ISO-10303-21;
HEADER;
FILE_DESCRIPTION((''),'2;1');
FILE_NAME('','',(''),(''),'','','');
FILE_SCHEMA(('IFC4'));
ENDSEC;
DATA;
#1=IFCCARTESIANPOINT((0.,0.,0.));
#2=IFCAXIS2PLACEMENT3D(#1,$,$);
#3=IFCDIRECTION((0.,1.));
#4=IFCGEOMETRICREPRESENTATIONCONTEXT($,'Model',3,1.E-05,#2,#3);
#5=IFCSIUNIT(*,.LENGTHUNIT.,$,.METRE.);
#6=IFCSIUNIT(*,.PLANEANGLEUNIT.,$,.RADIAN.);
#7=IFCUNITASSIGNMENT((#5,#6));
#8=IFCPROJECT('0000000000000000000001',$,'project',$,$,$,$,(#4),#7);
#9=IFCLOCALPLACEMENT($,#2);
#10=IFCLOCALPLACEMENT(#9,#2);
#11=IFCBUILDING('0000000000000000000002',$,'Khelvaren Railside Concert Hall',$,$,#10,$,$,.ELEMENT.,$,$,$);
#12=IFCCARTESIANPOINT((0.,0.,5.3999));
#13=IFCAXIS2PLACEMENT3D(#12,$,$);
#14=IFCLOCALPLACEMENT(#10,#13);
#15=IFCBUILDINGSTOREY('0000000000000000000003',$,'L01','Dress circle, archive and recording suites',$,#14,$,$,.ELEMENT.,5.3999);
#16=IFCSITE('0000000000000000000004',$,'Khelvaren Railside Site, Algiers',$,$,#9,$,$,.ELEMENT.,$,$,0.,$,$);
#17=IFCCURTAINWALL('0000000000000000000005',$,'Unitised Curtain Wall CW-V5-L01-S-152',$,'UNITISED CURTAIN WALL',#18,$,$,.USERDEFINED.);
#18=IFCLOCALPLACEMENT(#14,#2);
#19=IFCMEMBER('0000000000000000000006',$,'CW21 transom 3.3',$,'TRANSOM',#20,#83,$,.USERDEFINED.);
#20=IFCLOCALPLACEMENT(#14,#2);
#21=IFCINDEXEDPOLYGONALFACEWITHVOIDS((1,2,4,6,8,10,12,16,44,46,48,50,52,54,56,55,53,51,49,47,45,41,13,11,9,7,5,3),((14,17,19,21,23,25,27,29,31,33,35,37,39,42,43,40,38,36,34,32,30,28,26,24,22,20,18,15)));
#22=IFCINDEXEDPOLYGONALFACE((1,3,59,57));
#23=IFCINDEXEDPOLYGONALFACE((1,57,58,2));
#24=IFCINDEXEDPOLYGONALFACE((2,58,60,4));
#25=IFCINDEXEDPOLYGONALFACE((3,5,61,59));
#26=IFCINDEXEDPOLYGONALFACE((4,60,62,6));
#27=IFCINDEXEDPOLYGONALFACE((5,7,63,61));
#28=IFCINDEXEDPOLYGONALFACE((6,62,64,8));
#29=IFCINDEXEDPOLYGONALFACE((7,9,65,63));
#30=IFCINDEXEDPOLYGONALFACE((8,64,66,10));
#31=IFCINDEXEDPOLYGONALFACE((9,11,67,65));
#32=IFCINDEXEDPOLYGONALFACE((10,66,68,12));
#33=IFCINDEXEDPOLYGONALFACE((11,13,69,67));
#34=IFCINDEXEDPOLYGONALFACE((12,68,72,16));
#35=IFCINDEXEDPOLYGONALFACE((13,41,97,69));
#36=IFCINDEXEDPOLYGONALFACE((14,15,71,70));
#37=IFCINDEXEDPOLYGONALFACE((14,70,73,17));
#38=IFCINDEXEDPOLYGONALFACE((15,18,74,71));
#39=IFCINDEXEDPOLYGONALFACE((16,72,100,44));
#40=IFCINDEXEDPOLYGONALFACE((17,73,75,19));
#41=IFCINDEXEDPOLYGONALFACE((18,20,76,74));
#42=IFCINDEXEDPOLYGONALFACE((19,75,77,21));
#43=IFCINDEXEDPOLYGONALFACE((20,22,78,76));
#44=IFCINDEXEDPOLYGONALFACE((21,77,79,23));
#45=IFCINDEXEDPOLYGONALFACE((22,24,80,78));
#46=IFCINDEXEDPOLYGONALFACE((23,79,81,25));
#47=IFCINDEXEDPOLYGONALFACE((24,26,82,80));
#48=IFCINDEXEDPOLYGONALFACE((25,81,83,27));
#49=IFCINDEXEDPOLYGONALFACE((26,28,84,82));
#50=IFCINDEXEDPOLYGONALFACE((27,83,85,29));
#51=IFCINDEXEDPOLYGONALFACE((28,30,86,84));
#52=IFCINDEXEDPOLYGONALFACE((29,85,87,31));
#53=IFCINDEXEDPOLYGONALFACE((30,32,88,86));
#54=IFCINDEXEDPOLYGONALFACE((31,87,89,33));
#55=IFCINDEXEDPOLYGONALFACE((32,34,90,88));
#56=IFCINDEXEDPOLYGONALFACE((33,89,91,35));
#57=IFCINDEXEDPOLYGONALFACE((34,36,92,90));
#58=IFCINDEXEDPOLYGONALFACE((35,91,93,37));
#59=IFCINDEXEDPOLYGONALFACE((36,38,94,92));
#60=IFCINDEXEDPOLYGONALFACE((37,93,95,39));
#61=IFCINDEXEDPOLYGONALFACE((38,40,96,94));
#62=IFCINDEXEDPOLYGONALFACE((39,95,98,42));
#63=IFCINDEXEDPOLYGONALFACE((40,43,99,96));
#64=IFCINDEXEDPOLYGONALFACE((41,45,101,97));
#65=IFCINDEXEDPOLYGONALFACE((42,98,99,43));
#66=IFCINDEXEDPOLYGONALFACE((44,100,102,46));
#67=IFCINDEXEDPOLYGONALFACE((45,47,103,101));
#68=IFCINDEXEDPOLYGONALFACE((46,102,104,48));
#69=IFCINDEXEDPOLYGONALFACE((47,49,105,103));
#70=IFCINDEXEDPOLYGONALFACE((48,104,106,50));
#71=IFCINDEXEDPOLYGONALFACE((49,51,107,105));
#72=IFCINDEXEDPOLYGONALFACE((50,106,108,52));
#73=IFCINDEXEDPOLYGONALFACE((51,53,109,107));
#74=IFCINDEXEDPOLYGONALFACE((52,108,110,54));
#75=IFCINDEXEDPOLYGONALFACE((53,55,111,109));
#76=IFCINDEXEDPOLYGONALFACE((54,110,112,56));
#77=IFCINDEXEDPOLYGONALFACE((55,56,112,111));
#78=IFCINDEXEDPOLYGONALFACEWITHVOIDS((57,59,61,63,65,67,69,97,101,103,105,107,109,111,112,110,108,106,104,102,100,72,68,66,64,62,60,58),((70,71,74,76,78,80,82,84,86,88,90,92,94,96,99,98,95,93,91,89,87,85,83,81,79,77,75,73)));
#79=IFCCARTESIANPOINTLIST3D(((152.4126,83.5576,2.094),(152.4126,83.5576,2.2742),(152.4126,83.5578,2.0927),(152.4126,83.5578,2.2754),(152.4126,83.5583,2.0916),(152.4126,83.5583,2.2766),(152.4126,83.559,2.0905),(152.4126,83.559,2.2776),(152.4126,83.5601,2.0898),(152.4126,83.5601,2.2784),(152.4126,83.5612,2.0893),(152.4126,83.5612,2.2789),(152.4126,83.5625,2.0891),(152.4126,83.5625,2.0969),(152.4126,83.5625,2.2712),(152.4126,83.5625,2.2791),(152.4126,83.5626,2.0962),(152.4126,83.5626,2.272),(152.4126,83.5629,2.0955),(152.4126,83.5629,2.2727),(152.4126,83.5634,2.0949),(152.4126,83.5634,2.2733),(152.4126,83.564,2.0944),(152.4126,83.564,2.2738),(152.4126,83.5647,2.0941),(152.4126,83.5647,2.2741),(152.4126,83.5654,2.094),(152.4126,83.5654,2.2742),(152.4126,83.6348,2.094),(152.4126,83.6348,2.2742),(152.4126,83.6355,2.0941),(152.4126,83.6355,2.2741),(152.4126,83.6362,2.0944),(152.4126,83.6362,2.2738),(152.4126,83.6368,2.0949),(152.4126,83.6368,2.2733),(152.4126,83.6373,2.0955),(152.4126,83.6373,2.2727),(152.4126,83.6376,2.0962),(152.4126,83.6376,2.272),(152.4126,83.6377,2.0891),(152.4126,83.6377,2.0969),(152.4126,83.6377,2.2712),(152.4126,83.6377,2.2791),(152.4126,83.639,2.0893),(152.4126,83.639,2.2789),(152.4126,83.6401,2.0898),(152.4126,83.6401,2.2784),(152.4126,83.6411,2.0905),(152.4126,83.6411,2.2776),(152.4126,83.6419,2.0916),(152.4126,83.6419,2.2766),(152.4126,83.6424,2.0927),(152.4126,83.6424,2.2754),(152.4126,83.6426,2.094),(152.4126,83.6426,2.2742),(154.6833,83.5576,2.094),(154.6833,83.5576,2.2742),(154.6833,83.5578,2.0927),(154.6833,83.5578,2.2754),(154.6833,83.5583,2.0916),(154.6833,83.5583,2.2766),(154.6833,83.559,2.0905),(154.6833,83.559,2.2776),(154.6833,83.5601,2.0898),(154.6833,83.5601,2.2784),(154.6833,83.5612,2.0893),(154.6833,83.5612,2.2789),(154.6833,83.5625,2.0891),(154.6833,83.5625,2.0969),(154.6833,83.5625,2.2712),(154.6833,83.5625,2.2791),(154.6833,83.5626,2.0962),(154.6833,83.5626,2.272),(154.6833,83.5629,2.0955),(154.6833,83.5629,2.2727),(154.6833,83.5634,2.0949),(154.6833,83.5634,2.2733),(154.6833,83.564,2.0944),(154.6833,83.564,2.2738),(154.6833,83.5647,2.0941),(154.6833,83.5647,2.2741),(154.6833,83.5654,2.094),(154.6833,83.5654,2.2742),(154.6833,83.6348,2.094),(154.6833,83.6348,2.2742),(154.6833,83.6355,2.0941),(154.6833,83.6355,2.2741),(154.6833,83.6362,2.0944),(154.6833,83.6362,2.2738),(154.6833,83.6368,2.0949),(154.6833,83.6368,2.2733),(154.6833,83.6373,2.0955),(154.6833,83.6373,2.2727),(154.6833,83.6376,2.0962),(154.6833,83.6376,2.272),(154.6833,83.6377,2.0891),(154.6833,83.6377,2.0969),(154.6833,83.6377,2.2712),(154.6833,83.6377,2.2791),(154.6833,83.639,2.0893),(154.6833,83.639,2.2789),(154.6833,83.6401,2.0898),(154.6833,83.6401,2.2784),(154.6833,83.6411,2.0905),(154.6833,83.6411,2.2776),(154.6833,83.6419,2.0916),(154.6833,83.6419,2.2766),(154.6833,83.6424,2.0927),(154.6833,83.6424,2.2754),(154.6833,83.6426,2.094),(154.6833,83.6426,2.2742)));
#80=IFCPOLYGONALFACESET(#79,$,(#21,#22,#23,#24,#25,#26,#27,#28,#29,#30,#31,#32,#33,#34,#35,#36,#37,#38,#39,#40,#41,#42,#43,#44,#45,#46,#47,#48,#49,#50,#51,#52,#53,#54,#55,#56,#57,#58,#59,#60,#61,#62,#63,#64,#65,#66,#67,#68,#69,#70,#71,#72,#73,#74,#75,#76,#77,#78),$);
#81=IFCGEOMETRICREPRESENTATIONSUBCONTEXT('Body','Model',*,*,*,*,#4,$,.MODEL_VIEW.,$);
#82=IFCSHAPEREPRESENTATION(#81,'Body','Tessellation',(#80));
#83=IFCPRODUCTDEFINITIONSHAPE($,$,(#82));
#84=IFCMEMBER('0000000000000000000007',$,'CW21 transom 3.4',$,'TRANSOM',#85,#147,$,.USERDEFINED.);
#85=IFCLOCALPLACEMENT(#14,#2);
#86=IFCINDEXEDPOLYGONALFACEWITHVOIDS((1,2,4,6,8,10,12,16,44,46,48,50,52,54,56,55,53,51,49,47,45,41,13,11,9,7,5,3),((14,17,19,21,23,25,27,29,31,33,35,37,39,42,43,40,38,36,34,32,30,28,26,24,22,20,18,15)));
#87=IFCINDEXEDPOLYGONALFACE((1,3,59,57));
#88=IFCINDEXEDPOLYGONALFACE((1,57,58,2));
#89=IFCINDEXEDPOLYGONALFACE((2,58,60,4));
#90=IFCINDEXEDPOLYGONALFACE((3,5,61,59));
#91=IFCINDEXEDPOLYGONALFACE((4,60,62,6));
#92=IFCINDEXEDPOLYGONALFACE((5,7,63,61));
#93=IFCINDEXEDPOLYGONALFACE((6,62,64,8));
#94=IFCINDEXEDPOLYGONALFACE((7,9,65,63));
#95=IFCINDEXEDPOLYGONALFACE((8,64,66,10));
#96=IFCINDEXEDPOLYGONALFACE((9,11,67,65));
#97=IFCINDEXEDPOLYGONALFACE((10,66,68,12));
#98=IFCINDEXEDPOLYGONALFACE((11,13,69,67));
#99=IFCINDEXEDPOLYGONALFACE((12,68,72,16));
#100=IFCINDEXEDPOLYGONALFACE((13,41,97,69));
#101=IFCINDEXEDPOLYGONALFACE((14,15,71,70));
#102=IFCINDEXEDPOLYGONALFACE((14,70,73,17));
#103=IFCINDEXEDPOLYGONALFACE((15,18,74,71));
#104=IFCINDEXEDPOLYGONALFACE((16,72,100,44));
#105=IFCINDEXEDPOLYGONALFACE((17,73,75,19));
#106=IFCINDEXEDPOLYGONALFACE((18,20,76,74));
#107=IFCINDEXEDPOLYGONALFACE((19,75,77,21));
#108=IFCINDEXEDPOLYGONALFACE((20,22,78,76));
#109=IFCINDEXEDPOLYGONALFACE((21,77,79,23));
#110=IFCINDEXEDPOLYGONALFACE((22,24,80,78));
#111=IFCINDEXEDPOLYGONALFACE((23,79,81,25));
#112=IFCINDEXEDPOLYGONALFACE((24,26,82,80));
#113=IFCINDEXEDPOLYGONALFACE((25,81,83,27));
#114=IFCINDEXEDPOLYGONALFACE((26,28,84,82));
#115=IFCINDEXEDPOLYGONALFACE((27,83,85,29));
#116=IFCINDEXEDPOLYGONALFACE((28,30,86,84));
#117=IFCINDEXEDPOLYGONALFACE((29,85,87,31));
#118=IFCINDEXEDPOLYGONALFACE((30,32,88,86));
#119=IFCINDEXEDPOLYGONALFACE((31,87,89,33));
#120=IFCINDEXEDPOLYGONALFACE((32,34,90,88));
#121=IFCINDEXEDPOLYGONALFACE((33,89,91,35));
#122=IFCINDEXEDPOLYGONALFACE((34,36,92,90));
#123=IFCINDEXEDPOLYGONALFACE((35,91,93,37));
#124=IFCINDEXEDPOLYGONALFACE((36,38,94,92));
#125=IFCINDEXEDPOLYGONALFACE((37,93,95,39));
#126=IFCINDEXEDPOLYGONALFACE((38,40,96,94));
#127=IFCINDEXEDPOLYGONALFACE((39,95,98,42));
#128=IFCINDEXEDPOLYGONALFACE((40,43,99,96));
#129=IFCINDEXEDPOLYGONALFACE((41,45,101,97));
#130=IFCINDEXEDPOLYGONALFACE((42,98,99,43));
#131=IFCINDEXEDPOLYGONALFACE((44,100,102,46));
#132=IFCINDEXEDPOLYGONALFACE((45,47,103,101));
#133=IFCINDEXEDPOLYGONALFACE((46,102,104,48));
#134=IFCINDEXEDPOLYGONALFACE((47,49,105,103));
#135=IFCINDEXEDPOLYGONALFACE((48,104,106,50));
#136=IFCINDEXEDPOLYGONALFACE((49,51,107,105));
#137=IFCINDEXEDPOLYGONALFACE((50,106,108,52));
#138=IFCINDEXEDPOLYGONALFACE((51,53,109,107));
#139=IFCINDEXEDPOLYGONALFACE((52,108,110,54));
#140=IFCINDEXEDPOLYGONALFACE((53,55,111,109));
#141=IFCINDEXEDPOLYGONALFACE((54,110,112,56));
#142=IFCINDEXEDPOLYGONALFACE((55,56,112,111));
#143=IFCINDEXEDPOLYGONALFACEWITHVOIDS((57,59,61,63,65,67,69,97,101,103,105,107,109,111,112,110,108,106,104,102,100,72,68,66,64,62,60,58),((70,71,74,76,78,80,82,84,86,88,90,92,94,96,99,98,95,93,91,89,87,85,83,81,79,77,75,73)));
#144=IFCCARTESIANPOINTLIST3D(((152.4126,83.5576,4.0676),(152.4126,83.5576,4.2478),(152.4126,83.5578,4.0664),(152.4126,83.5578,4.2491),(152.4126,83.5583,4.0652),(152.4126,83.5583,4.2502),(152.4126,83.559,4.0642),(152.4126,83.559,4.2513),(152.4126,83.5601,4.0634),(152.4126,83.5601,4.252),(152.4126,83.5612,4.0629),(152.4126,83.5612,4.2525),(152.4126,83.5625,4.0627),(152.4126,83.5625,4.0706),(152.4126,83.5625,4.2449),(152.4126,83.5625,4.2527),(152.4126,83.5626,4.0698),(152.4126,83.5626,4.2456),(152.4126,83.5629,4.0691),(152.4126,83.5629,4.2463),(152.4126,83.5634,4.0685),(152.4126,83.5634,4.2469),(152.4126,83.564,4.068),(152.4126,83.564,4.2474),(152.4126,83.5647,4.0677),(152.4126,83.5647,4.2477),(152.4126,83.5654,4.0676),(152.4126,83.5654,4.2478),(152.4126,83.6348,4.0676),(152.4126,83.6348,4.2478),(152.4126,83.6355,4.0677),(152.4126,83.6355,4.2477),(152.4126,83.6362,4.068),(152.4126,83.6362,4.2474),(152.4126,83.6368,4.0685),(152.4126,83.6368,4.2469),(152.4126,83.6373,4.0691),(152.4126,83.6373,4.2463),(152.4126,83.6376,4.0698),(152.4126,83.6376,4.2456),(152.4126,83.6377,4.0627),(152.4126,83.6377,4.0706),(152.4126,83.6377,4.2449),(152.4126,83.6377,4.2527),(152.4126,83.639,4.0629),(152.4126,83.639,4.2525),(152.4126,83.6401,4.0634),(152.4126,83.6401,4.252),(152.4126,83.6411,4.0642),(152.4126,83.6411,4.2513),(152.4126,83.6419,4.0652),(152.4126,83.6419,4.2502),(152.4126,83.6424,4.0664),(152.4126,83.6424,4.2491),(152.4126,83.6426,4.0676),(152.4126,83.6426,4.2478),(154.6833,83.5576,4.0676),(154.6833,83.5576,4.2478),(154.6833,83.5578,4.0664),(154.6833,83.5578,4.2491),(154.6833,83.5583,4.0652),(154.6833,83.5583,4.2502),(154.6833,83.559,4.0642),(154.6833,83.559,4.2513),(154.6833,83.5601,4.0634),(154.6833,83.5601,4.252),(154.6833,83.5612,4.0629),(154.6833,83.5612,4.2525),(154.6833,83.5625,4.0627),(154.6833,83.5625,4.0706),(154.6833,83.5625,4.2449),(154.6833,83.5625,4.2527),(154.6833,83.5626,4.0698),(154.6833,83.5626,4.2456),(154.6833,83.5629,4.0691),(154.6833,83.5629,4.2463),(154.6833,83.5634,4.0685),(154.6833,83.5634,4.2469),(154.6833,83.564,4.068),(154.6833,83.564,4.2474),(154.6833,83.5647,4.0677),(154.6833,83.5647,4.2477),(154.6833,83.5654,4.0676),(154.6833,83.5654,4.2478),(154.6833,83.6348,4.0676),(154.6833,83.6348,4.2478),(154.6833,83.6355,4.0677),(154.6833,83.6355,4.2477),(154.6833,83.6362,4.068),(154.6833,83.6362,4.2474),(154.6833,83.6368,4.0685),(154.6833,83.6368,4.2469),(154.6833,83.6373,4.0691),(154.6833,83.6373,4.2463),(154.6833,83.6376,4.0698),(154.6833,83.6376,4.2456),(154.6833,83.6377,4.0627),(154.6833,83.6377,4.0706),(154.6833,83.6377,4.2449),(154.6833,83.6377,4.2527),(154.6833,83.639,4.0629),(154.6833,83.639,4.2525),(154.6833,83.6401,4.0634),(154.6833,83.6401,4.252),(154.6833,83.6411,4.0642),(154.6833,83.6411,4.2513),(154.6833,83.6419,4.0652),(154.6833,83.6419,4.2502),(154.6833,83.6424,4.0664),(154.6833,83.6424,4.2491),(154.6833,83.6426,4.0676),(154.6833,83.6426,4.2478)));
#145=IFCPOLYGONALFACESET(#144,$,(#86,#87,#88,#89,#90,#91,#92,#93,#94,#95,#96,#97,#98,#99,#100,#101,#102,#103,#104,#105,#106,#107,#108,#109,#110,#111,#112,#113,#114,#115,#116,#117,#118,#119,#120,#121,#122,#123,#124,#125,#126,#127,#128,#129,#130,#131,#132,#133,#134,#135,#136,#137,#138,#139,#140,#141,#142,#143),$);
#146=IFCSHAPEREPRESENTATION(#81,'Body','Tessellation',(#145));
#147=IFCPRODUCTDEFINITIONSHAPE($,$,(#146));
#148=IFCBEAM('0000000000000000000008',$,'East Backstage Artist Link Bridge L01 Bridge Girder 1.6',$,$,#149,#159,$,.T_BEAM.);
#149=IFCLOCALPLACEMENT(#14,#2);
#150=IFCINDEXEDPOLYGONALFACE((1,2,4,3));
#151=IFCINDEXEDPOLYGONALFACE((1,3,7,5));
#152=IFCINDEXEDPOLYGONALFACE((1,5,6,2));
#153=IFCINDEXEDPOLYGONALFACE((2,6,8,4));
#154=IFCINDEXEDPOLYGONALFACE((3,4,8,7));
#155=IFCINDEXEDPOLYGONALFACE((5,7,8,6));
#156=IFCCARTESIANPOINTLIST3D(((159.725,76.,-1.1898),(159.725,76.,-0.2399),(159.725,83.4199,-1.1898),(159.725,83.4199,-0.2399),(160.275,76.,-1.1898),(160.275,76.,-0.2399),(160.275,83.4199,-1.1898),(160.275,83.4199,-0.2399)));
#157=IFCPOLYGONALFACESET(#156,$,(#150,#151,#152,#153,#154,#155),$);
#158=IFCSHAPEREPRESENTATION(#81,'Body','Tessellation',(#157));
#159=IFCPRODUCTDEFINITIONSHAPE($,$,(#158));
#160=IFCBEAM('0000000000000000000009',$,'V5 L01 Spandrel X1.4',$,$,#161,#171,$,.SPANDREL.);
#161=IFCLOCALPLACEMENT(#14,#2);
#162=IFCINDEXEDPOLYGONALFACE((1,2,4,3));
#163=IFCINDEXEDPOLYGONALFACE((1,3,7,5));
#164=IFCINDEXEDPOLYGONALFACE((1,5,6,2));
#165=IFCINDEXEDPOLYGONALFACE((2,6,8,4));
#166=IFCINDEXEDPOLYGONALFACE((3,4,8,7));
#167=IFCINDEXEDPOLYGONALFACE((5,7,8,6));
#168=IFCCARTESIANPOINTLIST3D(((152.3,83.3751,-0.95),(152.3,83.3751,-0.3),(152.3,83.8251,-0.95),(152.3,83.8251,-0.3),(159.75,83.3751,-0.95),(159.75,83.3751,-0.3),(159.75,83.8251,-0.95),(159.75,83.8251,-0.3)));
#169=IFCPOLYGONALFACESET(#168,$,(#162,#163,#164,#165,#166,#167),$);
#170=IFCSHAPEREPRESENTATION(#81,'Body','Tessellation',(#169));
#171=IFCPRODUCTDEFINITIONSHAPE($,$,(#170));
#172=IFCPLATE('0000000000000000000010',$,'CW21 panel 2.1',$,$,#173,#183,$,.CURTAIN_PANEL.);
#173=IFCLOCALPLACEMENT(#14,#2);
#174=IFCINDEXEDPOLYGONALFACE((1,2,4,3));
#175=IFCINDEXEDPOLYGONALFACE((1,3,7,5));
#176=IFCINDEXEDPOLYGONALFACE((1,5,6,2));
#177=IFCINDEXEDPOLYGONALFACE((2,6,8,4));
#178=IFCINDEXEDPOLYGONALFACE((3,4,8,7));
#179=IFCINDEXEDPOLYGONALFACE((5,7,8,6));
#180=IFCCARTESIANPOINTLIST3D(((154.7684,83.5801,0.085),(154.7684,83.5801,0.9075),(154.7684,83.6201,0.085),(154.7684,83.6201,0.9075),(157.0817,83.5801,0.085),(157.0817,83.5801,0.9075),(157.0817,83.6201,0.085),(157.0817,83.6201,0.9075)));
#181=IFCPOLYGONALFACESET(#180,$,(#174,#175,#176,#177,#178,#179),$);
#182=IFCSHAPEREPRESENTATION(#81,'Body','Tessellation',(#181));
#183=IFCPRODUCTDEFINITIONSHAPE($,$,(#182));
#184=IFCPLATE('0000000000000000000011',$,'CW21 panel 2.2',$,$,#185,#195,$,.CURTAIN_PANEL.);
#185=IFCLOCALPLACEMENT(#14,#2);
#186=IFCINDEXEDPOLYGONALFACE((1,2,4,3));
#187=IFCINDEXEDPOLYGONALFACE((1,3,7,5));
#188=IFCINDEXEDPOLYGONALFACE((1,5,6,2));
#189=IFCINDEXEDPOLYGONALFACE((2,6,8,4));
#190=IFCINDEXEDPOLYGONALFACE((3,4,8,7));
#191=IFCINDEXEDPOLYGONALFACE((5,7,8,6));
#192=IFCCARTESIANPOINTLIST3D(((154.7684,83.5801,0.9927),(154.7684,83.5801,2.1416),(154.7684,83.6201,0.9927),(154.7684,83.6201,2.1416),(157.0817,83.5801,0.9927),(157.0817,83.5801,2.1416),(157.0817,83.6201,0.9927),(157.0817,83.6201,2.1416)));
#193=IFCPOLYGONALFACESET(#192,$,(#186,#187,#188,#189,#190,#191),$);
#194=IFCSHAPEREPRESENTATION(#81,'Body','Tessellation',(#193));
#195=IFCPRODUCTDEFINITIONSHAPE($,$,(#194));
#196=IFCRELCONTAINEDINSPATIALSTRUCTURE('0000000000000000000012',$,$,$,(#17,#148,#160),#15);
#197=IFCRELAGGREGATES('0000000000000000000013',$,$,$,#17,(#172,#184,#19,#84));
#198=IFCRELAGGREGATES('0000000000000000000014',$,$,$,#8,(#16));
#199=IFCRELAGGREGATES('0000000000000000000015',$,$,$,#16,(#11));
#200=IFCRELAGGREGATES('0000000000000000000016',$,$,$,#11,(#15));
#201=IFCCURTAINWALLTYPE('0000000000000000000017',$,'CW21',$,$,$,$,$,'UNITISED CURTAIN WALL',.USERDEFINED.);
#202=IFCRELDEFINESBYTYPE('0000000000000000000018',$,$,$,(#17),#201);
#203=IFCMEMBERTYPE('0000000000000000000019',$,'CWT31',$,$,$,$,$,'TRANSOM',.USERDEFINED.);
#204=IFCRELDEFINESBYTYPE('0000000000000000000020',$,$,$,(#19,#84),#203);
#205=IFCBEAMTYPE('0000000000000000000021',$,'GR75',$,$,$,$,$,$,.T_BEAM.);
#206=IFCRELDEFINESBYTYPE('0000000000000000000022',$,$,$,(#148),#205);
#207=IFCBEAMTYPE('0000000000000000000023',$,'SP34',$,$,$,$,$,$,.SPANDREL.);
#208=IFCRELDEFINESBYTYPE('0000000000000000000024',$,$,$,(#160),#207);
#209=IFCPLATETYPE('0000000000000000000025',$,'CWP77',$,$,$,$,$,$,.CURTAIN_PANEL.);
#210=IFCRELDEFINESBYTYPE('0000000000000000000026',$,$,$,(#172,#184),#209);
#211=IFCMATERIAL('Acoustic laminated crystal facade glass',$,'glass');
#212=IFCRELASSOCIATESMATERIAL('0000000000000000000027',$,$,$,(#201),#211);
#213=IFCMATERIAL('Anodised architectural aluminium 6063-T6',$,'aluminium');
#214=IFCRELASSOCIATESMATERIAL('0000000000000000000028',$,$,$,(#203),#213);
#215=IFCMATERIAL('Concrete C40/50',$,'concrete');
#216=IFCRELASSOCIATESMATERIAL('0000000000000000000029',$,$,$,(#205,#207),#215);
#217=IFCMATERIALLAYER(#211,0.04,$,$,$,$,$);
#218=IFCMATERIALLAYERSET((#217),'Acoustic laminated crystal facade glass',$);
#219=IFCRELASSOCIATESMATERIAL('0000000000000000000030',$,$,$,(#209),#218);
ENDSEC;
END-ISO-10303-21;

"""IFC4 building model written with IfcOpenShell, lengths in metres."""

from ifc_helpers import new_model, si_unit, direction, frame, origin, origin_2d, place, context, subcontext, project, spatial, rectangle, hollow_rectangle, extrude, material, layer, layer_set, material_profile, profile_set, type_object, element, aggregate, save


model = new_model("IFC4")

# Units and contexts
model_context = context("Model", 3, precision=1e-05, world=origin(), true_north=direction((0.0, 1.0)))
body_context = subcontext(model_context, "Body", "Model", "MODEL_VIEW")
ifc_project = project(units=[si_unit("LENGTHUNIT", "METRE"), si_unit("PLANEANGLEUNIT", "RADIAN")], contexts=[model_context])

# Site, building, storey
site_placement = place(None, origin())
site = spatial("IfcSite", under=ifc_project, at=site_placement, Name="Khelvaren Railside Site, Algiers", CompositionType="ELEMENT", RefElevation=0.0)
building_placement = place(site_placement, origin())
building = spatial("IfcBuilding", under=site, at=building_placement, Name="Khelvaren Railside Concert Hall", CompositionType="ELEMENT")
storey_placement = place(building_placement, frame((0.0, 0.0, 5.3999)))
storey = spatial("IfcBuildingStorey", under=building, at=storey_placement, Name="L01", Description="Dress circle, archive and recording suites", CompositionType="ELEMENT", Elevation=5.3999)

# Shared definitions
ifc_material_1 = material(Name="Concrete C40/50", Category="concrete")

# Shared definitions
ifc_material_2 = material(Name="Acoustic laminated crystal facade glass", Category="glass")
ifc_material_3 = material(Name="Anodised architectural aluminium 6063-T6", Category="aluminium")

# Curtain wall
curtain_wall_type_1 = type_object("IfcCurtainWallType", Name="CW21", ElementType="UNITISED CURTAIN WALL", PredefinedType="USERDEFINED", material=ifc_material_2)
curtain_wall_1_placement = place(storey_placement, origin())
curtain_wall_1 = element("IfcCurtainWall", 1, at=curtain_wall_1_placement, inside=storey, type_object=curtain_wall_type_1, Name="Unitised Curtain Wall CW-V5-L01-S-152", ObjectType="UNITISED CURTAIN WALL", PredefinedType="USERDEFINED")

# Members
ifc_material_profile_1 = material_profile(ifc_material_3, hollow_rectangle(XDim=0.085, YDim=0.1899, WallThickness=0.0049, InnerFilletRadius=0.0029, OuterFilletRadius=0.0049, at=origin_2d()), Name="CWT 85x190x5")
ifc_profile_set_1 = profile_set([ifc_material_profile_1], Name="Anodised architectural aluminium 6063-T6")
member_type_1 = type_object("IfcMemberType", Name="CWT31", ElementType="TRANSOM", PredefinedType="USERDEFINED", material=ifc_profile_set_1)
member_1_placement = place(storey_placement, frame((154.6833, 83.6001, 2.1841), z_axis=(-1.0, 0.0, 0.0), x_axis=(0.0, -1.0, 0.0)))
member_1 = element("IfcMember", 2, at=member_1_placement, type_object=member_type_1, Name="CW21 transom 3.3", ObjectType="TRANSOM", PredefinedType="USERDEFINED", context=body_context, shape_type="SweptSolid", body=[
    extrude(hollow_rectangle(XDim=0.085, YDim=0.1899, WallThickness=0.0049, InnerFilletRadius=0.0029, OuterFilletRadius=0.0049, at=origin_2d()), origin(), (0.0, 0.0, 1.0), 2.2708),
])
member_2_placement = place(storey_placement, frame((154.6833, 83.6001, 4.1577), z_axis=(-1.0, 0.0, 0.0), x_axis=(0.0, -1.0, 0.0)))
member_2 = element("IfcMember", 3, at=member_2_placement, type_object=member_type_1, Name="CW21 transom 3.4", ObjectType="TRANSOM", PredefinedType="USERDEFINED", context=body_context, shape_type="SweptSolid", body=[
    extrude(hollow_rectangle(XDim=0.085, YDim=0.1899, WallThickness=0.0049, InnerFilletRadius=0.0029, OuterFilletRadius=0.0049, at=origin_2d()), origin(), (0.0, 0.0, 1.0), 2.2708),
])

# Beams
ifc_material_profile_2 = material_profile(ifc_material_1, rectangle(XDim=0.55, YDim=0.95, at=origin_2d()), Name="RCB 550x950")
ifc_profile_set_2 = profile_set([ifc_material_profile_2], Name="Concrete C40/50")
beam_type_1 = type_object("IfcBeamType", Name="GR75", PredefinedType="T_BEAM", material=ifc_profile_set_2)
beam_1_placement = place(storey_placement, frame((160.0, 76.0, -0.7148), z_axis=(0.0, 1.0, 0.0), x_axis=(-1.0, 0.0, 0.0)))
element("IfcBeam", 4, at=beam_1_placement, inside=storey, type_object=beam_type_1, Name="East Backstage Artist Link Bridge L01 Bridge Girder 1.6", PredefinedType="T_BEAM", context=body_context, shape_type="SweptSolid", body=[
    extrude(rectangle(XDim=0.55, YDim=0.95, at=origin_2d()), origin(), (0.0, 0.0, 1.0), 7.4199),
])
ifc_material_profile_3 = material_profile(ifc_material_1, rectangle(XDim=0.45, YDim=0.6499, at=origin_2d()), Name="RCB 450x650")
ifc_profile_set_3 = profile_set([ifc_material_profile_3], Name="Concrete C40/50")
beam_type_2 = type_object("IfcBeamType", Name="SP34", PredefinedType="SPANDREL", material=ifc_profile_set_3)
beam_2_placement = place(storey_placement, frame((152.3, 83.6001, -0.625), z_axis=(1.0, 0.0, 0.0), x_axis=(0.0, 1.0, 0.0)))
element("IfcBeam", 5, at=beam_2_placement, inside=storey, type_object=beam_type_2, Name="V5 L01 Spandrel X1.4", PredefinedType="SPANDREL", context=body_context, shape_type="SweptSolid", body=[
    extrude(rectangle(XDim=0.45, YDim=0.6499, at=origin_2d()), origin(), (0.0, 0.0, 1.0), 7.45),
])

# Plates
ifc_layer = layer(ifc_material_2, 0.04)
ifc_layer_set = layer_set([ifc_layer], Name="Acoustic laminated crystal facade glass")
plate_type = type_object("IfcPlateType", Name="CWP77", PredefinedType="CURTAIN_PANEL", material=ifc_layer_set)
plate_1_placement = place(storey_placement, frame((155.925, 83.6001, 0.085), z_axis=(0.0, 0.0, 1.0), x_axis=(-1.0, 0.0, 0.0)))
plate_1 = element("IfcPlate", 6, at=plate_1_placement, type_object=plate_type, Name="CW21 panel 2.1", PredefinedType="CURTAIN_PANEL", context=body_context, shape_type="SweptSolid", body=[
    extrude(rectangle(XDim=2.3132, YDim=0.04, at=origin_2d()), origin(), (0.0, 0.0, 1.0), 0.8225),
])
plate_2_placement = place(storey_placement, frame((155.925, 83.6001, 0.9927), z_axis=(0.0, 0.0, 1.0), x_axis=(-1.0, 0.0, 0.0)))
plate_2 = element("IfcPlate", 7, at=plate_2_placement, type_object=plate_type, Name="CW21 panel 2.2", PredefinedType="CURTAIN_PANEL", context=body_context, shape_type="SweptSolid", body=[
    extrude(rectangle(XDim=2.3132, YDim=0.04, at=origin_2d()), origin(), (0.0, 0.0, 1.0), 1.1489),
])
aggregate(curtain_wall_1, [plate_1, plate_2, member_1, member_2])

save(model, "model.ifc")
